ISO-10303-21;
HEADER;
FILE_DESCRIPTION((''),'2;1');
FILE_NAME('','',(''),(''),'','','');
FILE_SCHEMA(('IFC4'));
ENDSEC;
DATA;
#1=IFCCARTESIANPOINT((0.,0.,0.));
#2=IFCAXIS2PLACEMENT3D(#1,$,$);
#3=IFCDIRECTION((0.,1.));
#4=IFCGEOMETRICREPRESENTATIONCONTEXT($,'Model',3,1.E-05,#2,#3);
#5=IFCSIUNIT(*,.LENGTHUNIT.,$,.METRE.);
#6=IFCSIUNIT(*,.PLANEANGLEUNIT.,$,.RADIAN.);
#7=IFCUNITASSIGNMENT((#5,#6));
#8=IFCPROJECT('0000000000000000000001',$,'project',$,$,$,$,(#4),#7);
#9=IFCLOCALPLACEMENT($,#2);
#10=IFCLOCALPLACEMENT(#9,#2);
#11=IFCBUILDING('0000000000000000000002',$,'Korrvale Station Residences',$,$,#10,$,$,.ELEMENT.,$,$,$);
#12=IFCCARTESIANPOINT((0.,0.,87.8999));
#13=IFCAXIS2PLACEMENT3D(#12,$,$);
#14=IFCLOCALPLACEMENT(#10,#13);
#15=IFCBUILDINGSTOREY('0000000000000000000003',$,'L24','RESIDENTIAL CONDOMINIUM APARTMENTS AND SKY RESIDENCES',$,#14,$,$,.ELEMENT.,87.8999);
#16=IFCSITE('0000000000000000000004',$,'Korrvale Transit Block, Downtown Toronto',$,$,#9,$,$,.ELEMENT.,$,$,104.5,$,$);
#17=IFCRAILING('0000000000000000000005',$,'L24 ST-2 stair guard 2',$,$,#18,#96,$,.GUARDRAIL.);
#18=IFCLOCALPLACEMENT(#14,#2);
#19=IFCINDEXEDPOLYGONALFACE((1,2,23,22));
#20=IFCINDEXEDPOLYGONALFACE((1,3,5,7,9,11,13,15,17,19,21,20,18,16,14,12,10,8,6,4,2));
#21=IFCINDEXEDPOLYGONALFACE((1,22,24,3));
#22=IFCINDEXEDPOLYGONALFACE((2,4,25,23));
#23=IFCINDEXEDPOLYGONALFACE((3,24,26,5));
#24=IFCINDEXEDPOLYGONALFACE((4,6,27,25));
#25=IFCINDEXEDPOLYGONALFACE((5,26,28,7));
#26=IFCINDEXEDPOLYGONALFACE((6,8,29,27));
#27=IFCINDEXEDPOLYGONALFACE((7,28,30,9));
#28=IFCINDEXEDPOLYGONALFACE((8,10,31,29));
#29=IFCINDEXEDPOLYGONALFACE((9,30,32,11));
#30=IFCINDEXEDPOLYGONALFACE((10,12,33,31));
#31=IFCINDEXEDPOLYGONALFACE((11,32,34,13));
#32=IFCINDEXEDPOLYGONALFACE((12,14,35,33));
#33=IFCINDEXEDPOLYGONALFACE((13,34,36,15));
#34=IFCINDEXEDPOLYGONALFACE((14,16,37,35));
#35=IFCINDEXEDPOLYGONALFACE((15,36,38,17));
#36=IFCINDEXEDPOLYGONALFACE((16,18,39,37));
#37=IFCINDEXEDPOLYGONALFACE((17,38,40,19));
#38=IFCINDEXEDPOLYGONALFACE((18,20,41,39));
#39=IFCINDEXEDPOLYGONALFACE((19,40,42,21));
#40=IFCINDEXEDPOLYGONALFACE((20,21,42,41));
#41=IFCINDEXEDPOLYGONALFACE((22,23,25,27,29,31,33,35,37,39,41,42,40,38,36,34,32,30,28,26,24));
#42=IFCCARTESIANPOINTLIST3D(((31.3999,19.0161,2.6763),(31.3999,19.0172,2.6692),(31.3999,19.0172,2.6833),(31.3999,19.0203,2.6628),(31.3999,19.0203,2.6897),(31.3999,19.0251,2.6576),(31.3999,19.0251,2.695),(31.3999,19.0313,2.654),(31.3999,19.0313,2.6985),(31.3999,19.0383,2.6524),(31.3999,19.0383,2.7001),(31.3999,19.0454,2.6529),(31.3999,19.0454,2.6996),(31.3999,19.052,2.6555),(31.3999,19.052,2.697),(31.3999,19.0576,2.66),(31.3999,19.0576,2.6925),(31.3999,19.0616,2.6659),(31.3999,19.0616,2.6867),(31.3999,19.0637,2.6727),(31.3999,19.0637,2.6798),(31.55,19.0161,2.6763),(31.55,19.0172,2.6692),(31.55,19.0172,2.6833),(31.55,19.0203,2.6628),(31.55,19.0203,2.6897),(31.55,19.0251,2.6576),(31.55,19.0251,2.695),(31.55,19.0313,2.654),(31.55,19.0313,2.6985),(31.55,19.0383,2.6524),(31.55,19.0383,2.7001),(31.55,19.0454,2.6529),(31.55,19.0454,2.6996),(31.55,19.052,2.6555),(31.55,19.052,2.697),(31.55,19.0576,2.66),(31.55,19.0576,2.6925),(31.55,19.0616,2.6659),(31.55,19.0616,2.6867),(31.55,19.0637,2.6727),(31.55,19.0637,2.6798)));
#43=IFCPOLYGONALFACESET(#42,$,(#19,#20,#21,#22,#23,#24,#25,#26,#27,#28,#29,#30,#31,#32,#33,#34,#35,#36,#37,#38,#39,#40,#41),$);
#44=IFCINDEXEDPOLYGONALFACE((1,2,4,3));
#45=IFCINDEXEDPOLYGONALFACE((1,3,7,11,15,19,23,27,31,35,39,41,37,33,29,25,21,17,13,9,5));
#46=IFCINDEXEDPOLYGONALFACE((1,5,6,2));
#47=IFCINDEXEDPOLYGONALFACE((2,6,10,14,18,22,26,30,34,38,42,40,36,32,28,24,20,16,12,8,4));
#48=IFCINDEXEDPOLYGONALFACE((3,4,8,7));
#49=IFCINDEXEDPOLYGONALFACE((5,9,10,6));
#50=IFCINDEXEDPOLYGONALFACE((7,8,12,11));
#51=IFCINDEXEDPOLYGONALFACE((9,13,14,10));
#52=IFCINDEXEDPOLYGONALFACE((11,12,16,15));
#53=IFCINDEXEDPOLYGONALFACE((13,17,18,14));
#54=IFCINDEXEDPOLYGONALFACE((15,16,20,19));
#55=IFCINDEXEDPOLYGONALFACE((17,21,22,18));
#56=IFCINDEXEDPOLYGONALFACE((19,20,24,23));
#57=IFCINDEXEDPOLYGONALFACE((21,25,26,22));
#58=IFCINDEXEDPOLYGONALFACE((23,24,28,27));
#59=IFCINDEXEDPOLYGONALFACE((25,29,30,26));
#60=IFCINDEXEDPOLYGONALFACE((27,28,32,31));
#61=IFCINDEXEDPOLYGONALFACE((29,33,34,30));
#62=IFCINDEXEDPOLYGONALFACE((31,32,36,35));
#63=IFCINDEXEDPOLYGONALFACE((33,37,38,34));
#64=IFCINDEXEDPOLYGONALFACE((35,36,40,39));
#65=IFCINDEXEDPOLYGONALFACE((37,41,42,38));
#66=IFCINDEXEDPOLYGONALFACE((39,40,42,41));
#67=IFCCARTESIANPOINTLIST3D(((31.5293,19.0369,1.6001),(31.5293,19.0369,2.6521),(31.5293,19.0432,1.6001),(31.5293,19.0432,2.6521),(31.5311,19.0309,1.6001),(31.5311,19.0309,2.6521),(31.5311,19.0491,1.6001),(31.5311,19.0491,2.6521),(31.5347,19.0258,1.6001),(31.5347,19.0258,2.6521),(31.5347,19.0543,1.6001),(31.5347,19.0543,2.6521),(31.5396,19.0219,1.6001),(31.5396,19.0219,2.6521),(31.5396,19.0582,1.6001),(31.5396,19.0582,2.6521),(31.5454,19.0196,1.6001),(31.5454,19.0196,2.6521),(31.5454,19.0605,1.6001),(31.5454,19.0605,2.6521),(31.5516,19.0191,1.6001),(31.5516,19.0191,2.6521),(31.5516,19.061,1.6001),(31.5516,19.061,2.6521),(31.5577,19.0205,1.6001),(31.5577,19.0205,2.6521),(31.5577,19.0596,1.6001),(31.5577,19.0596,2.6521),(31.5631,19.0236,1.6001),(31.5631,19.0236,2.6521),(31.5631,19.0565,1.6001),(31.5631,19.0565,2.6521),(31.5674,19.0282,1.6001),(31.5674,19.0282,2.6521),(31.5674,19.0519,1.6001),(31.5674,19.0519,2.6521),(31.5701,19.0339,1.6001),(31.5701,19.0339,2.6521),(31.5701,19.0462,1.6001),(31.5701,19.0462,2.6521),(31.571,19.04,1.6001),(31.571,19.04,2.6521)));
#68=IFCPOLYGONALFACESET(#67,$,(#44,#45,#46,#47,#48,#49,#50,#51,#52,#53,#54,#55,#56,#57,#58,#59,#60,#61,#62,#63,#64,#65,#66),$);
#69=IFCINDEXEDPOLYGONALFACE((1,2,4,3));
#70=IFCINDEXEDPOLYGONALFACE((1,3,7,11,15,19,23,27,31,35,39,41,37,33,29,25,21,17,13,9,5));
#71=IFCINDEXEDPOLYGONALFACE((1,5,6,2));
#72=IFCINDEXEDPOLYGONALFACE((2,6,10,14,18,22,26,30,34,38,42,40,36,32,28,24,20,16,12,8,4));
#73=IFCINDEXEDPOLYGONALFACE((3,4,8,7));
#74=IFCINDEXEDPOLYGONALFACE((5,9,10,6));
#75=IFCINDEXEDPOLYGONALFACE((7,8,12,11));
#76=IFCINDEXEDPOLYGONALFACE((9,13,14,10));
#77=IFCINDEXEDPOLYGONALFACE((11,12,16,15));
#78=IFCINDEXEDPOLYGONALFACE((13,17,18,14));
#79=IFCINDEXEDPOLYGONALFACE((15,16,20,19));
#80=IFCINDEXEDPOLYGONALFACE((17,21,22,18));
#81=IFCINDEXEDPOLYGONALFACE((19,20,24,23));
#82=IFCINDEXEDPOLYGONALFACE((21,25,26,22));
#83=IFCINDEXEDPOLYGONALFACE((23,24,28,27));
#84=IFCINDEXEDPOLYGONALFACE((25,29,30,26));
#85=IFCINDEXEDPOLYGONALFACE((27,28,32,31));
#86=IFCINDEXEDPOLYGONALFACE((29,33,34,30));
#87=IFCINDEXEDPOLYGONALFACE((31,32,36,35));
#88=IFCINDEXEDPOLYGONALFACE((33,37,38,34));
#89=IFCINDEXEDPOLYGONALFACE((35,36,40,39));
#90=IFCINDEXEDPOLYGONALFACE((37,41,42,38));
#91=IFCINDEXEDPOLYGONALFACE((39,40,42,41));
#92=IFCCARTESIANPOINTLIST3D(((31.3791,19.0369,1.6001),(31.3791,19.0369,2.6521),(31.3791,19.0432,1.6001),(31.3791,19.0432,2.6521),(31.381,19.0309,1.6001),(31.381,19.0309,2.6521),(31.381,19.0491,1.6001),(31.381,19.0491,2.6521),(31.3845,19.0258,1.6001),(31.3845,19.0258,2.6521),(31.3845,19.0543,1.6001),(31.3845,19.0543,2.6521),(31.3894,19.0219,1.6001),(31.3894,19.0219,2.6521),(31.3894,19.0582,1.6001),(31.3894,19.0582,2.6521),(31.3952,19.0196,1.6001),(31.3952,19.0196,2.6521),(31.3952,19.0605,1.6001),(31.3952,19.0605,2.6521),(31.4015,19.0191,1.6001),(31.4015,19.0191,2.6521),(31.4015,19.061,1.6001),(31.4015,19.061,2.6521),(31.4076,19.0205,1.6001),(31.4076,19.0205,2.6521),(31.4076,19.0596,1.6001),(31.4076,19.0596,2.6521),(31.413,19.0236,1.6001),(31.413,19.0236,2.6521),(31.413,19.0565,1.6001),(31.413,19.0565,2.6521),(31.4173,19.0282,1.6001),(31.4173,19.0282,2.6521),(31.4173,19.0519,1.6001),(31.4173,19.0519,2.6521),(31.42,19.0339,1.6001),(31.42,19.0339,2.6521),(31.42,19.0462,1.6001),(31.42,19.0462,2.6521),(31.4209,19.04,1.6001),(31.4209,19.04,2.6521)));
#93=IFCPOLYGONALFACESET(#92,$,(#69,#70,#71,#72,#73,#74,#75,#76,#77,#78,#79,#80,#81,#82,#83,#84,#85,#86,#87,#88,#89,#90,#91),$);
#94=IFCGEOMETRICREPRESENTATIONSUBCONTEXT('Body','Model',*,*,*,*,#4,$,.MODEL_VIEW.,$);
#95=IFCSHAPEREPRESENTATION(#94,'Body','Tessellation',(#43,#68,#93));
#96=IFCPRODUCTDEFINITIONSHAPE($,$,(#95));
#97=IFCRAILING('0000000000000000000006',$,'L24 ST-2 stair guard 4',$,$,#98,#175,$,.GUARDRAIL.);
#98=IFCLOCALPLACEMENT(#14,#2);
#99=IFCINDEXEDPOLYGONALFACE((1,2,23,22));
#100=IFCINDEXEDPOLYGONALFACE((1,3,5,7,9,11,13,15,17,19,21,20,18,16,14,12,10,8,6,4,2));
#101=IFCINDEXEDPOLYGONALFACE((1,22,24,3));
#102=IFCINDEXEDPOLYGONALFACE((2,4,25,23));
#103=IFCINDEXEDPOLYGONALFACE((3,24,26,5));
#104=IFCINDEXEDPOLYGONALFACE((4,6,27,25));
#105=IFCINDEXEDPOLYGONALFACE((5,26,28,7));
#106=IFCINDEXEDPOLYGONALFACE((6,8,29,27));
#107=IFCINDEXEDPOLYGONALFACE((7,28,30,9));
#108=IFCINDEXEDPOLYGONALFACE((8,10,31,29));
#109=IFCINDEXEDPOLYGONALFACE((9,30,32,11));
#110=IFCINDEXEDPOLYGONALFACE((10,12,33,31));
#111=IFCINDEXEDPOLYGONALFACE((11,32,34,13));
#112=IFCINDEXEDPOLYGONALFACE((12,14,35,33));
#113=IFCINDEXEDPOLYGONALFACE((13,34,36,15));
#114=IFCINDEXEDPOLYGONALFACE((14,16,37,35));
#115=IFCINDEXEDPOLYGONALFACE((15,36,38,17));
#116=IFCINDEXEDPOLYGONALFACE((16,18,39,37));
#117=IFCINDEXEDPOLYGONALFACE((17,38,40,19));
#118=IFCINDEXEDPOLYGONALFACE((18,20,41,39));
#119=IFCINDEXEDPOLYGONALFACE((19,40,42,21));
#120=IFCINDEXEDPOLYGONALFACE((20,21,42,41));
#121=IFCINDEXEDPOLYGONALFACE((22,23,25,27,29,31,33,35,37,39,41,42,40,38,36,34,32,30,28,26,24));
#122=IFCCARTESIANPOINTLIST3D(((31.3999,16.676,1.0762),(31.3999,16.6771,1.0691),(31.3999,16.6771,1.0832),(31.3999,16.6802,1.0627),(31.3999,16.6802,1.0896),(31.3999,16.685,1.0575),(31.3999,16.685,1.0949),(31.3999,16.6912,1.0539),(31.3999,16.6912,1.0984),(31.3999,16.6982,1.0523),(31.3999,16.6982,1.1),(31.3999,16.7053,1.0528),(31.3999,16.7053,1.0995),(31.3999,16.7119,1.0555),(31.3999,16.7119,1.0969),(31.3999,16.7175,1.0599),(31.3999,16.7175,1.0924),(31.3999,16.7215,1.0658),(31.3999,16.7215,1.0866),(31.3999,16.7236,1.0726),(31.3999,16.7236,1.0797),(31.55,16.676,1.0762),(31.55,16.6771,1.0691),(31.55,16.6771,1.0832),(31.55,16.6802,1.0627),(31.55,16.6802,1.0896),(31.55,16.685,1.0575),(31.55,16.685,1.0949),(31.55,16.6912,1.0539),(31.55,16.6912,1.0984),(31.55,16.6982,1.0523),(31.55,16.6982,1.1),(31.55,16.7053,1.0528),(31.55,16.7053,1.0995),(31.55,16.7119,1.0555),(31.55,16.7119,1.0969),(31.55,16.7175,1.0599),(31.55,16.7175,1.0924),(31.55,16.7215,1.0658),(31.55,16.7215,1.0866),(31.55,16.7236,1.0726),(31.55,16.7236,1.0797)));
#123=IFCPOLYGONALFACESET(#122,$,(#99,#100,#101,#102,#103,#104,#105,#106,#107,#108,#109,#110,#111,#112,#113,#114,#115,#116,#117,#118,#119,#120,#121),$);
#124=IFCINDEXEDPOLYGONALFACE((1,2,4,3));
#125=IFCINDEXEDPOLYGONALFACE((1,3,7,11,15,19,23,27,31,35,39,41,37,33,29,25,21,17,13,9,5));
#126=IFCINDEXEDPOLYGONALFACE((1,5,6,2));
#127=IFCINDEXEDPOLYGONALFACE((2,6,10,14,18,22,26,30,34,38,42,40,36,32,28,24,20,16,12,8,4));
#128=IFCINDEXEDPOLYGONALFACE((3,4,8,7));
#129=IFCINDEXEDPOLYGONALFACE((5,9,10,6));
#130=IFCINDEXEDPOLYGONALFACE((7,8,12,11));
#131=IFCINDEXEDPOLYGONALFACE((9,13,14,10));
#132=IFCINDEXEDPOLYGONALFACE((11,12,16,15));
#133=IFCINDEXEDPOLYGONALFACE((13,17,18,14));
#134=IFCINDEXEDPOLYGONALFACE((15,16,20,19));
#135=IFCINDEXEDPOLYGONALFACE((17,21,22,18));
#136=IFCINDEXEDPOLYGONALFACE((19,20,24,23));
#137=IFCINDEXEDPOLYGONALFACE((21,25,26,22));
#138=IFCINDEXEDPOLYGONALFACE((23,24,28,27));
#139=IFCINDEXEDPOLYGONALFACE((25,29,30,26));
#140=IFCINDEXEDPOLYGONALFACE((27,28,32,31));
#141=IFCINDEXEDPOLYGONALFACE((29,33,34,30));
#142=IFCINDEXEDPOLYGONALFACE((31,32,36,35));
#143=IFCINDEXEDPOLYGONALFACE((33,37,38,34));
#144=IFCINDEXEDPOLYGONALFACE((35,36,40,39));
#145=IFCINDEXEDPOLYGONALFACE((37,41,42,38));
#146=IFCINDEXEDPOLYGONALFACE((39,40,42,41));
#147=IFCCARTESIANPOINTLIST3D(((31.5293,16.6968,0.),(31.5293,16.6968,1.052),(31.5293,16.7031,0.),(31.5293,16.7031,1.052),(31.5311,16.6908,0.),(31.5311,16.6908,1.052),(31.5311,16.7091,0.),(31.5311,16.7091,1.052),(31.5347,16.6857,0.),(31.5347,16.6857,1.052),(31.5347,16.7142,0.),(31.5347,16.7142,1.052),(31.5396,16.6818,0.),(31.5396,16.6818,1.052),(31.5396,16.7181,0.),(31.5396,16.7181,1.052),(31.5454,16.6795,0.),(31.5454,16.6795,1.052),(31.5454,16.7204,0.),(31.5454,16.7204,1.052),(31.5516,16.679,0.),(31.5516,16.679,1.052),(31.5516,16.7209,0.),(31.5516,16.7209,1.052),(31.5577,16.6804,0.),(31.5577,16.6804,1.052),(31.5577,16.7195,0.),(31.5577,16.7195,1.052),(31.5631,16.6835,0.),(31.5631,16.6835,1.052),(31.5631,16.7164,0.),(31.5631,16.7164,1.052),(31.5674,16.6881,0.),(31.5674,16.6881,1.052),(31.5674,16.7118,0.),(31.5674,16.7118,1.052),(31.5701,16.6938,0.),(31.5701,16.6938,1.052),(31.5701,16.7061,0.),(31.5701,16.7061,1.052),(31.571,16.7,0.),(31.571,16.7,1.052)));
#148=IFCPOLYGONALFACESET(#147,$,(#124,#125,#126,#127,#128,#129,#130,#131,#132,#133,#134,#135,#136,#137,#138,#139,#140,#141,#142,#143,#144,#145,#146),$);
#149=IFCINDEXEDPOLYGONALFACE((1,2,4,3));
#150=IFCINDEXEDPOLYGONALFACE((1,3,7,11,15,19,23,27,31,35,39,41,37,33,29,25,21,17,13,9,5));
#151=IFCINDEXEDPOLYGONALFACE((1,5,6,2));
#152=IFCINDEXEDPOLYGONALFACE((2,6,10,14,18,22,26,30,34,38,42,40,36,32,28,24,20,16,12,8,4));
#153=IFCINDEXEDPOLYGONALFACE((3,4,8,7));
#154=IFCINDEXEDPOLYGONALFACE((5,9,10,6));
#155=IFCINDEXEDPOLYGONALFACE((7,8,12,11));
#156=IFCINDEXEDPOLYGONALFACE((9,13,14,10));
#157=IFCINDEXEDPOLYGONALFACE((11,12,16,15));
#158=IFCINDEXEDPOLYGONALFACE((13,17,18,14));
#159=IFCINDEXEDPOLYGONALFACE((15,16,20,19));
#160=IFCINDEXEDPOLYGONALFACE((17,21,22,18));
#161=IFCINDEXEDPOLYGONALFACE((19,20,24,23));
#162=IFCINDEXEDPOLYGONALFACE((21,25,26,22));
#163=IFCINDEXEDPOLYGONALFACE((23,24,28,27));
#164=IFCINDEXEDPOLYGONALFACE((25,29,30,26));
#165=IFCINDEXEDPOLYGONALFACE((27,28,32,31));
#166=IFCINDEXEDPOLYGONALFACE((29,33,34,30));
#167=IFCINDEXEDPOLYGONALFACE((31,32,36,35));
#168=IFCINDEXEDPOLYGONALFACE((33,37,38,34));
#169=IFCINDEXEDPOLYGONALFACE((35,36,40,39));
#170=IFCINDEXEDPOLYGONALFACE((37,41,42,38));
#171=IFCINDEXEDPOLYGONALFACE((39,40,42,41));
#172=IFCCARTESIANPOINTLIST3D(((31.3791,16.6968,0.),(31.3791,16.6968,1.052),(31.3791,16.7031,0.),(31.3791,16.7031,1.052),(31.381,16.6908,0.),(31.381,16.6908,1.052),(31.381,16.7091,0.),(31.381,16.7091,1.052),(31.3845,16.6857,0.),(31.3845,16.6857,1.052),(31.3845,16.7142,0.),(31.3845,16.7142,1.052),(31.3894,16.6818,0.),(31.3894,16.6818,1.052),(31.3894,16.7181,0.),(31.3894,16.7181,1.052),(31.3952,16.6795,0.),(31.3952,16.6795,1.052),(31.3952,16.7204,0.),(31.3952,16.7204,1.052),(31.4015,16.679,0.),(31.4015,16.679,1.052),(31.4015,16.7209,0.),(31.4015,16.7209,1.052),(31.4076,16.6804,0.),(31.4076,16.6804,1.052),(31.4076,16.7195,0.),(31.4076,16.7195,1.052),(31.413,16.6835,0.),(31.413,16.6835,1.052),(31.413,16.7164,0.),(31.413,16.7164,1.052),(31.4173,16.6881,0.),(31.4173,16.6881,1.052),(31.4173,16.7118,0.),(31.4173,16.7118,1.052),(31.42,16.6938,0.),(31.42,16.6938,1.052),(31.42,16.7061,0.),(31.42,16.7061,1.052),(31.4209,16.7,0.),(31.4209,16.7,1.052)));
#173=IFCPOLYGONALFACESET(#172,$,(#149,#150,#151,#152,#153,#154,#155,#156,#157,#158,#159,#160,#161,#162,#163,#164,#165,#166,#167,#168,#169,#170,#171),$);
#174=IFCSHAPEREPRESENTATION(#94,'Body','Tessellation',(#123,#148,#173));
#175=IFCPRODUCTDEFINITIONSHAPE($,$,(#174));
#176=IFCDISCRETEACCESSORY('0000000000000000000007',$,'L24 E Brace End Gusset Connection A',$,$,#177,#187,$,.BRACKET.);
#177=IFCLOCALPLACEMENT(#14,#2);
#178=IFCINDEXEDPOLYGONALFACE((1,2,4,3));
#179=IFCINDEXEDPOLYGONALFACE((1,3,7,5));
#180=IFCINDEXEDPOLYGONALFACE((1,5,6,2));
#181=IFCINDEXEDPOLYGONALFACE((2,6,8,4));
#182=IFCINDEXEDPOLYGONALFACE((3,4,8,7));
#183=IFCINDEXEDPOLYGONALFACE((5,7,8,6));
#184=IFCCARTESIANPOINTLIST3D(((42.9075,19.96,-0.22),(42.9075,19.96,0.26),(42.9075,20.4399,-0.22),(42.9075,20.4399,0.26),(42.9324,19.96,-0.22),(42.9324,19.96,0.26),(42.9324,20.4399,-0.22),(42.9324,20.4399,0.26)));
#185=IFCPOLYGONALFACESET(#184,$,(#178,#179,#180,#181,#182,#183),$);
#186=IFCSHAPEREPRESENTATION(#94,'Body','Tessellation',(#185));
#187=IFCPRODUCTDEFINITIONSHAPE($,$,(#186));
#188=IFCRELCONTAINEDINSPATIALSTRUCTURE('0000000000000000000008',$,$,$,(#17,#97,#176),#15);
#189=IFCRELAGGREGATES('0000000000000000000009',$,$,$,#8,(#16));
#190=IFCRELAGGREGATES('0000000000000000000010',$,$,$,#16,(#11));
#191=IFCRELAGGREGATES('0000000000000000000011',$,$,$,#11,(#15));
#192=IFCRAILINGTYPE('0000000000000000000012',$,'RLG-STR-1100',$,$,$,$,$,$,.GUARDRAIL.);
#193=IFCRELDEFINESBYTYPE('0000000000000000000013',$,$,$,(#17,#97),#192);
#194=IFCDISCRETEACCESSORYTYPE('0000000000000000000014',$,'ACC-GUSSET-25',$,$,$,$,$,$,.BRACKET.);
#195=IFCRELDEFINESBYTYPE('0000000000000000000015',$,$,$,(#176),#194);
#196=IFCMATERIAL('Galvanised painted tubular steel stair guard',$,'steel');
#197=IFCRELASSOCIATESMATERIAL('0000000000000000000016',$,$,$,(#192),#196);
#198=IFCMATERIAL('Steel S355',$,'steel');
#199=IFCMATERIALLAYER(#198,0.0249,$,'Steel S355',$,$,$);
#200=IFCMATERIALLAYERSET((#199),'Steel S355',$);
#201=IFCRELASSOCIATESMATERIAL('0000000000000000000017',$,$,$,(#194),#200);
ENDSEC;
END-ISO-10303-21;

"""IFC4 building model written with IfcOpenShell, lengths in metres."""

from ifc_helpers import new_model, si_unit, direction, frame, origin, origin_2d, place, context, subcontext, project, spatial, rectangle, circle, extrude, material, layer, layer_set, type_object, element, save


model = new_model("IFC4")

# Units and contexts
model_context = context("Model", 3, precision=1e-05, world=origin(), true_north=direction((0.0, 1.0)))
body_context = subcontext(model_context, "Body", "Model", "MODEL_VIEW")
ifc_project = project(units=[si_unit("LENGTHUNIT", "METRE"), si_unit("PLANEANGLEUNIT", "RADIAN")], contexts=[model_context])

# Site, building, storey
site_placement = place(None, origin())
site = spatial("IfcSite", under=ifc_project, at=site_placement, Name="Korrvale Transit Block, Downtown Toronto", CompositionType="ELEMENT", RefElevation=104.5)
building_placement = place(site_placement, origin())
building = spatial("IfcBuilding", under=site, at=building_placement, Name="Korrvale Station Residences", CompositionType="ELEMENT")
storey_placement = place(building_placement, frame((0.0, 0.0, 87.8999)))
storey = spatial("IfcBuildingStorey", under=building, at=storey_placement, Name="L24", Description="RESIDENTIAL CONDOMINIUM APARTMENTS AND SKY RESIDENCES", CompositionType="ELEMENT", Elevation=87.8999)

# Shared definitions
ifc_material_1 = material(Name="Steel S355", Category="steel")

# Railings
ifc_material_2 = material(Name="Galvanised painted tubular steel stair guard", Category="steel")
railing_type_1 = type_object("IfcRailingType", Name="RLG-STR-1100", PredefinedType="GUARDRAIL", material=ifc_material_2)
for number, where, name in (
    (1, (31.55, 19.04, 1.6001), "L24 ST-2 stair guard 2"),
    (2, (31.55, 16.7, 0.0), "L24 ST-2 stair guard 4"),
):
    element("IfcRailing", number, at=place(storey_placement, frame(where)), inside=storey, type_object=railing_type_1, Name=name, PredefinedType="GUARDRAIL", context=body_context, shape_type="SweptSolid", body=[
        extrude(circle(Radius=0.0239, at=origin_2d()), frame((0.0, 0.0, 1.0762), z_axis=(-1.0, 0.0, 0.0), x_axis=(0.0, -1.0, 0.0)), (0.0, 0.0, 1.0), 0.1501),
        extrude(circle(Radius=0.021, at=origin_2d()), origin(), (0.0, 0.0, 1.0), 1.052),
        extrude(circle(Radius=0.021, at=origin_2d()), frame((-0.1501, 0.0, 0.0)), (0.0, 0.0, 1.0), 1.052),
    ])

# Discrete accessory
ifc_layer_1 = layer(ifc_material_1, 0.0249, Name="Steel S355")
ifc_layer_set_1 = layer_set([ifc_layer_1], Name="Steel S355")
discrete_accessory_type = type_object("IfcDiscreteAccessoryType", Name="ACC-GUSSET-25", PredefinedType="BRACKET", material=ifc_layer_set_1)
discrete_accessory_placement = place(storey_placement, frame((42.9199, 20.2, -0.22), z_axis=(0.0, 0.0, 1.0), x_axis=(0.0, 1.0, 0.0)))
element("IfcDiscreteAccessory", 3, at=discrete_accessory_placement, inside=storey, type_object=discrete_accessory_type, Name="L24 E Brace End Gusset Connection A", PredefinedType="BRACKET", context=body_context, shape_type="SweptSolid", body=[
    extrude(rectangle(XDim=0.48, YDim=0.0249, at=origin_2d()), origin(), (0.0, 0.0, 1.0), 0.48),
])

save(model, "model.ifc")
